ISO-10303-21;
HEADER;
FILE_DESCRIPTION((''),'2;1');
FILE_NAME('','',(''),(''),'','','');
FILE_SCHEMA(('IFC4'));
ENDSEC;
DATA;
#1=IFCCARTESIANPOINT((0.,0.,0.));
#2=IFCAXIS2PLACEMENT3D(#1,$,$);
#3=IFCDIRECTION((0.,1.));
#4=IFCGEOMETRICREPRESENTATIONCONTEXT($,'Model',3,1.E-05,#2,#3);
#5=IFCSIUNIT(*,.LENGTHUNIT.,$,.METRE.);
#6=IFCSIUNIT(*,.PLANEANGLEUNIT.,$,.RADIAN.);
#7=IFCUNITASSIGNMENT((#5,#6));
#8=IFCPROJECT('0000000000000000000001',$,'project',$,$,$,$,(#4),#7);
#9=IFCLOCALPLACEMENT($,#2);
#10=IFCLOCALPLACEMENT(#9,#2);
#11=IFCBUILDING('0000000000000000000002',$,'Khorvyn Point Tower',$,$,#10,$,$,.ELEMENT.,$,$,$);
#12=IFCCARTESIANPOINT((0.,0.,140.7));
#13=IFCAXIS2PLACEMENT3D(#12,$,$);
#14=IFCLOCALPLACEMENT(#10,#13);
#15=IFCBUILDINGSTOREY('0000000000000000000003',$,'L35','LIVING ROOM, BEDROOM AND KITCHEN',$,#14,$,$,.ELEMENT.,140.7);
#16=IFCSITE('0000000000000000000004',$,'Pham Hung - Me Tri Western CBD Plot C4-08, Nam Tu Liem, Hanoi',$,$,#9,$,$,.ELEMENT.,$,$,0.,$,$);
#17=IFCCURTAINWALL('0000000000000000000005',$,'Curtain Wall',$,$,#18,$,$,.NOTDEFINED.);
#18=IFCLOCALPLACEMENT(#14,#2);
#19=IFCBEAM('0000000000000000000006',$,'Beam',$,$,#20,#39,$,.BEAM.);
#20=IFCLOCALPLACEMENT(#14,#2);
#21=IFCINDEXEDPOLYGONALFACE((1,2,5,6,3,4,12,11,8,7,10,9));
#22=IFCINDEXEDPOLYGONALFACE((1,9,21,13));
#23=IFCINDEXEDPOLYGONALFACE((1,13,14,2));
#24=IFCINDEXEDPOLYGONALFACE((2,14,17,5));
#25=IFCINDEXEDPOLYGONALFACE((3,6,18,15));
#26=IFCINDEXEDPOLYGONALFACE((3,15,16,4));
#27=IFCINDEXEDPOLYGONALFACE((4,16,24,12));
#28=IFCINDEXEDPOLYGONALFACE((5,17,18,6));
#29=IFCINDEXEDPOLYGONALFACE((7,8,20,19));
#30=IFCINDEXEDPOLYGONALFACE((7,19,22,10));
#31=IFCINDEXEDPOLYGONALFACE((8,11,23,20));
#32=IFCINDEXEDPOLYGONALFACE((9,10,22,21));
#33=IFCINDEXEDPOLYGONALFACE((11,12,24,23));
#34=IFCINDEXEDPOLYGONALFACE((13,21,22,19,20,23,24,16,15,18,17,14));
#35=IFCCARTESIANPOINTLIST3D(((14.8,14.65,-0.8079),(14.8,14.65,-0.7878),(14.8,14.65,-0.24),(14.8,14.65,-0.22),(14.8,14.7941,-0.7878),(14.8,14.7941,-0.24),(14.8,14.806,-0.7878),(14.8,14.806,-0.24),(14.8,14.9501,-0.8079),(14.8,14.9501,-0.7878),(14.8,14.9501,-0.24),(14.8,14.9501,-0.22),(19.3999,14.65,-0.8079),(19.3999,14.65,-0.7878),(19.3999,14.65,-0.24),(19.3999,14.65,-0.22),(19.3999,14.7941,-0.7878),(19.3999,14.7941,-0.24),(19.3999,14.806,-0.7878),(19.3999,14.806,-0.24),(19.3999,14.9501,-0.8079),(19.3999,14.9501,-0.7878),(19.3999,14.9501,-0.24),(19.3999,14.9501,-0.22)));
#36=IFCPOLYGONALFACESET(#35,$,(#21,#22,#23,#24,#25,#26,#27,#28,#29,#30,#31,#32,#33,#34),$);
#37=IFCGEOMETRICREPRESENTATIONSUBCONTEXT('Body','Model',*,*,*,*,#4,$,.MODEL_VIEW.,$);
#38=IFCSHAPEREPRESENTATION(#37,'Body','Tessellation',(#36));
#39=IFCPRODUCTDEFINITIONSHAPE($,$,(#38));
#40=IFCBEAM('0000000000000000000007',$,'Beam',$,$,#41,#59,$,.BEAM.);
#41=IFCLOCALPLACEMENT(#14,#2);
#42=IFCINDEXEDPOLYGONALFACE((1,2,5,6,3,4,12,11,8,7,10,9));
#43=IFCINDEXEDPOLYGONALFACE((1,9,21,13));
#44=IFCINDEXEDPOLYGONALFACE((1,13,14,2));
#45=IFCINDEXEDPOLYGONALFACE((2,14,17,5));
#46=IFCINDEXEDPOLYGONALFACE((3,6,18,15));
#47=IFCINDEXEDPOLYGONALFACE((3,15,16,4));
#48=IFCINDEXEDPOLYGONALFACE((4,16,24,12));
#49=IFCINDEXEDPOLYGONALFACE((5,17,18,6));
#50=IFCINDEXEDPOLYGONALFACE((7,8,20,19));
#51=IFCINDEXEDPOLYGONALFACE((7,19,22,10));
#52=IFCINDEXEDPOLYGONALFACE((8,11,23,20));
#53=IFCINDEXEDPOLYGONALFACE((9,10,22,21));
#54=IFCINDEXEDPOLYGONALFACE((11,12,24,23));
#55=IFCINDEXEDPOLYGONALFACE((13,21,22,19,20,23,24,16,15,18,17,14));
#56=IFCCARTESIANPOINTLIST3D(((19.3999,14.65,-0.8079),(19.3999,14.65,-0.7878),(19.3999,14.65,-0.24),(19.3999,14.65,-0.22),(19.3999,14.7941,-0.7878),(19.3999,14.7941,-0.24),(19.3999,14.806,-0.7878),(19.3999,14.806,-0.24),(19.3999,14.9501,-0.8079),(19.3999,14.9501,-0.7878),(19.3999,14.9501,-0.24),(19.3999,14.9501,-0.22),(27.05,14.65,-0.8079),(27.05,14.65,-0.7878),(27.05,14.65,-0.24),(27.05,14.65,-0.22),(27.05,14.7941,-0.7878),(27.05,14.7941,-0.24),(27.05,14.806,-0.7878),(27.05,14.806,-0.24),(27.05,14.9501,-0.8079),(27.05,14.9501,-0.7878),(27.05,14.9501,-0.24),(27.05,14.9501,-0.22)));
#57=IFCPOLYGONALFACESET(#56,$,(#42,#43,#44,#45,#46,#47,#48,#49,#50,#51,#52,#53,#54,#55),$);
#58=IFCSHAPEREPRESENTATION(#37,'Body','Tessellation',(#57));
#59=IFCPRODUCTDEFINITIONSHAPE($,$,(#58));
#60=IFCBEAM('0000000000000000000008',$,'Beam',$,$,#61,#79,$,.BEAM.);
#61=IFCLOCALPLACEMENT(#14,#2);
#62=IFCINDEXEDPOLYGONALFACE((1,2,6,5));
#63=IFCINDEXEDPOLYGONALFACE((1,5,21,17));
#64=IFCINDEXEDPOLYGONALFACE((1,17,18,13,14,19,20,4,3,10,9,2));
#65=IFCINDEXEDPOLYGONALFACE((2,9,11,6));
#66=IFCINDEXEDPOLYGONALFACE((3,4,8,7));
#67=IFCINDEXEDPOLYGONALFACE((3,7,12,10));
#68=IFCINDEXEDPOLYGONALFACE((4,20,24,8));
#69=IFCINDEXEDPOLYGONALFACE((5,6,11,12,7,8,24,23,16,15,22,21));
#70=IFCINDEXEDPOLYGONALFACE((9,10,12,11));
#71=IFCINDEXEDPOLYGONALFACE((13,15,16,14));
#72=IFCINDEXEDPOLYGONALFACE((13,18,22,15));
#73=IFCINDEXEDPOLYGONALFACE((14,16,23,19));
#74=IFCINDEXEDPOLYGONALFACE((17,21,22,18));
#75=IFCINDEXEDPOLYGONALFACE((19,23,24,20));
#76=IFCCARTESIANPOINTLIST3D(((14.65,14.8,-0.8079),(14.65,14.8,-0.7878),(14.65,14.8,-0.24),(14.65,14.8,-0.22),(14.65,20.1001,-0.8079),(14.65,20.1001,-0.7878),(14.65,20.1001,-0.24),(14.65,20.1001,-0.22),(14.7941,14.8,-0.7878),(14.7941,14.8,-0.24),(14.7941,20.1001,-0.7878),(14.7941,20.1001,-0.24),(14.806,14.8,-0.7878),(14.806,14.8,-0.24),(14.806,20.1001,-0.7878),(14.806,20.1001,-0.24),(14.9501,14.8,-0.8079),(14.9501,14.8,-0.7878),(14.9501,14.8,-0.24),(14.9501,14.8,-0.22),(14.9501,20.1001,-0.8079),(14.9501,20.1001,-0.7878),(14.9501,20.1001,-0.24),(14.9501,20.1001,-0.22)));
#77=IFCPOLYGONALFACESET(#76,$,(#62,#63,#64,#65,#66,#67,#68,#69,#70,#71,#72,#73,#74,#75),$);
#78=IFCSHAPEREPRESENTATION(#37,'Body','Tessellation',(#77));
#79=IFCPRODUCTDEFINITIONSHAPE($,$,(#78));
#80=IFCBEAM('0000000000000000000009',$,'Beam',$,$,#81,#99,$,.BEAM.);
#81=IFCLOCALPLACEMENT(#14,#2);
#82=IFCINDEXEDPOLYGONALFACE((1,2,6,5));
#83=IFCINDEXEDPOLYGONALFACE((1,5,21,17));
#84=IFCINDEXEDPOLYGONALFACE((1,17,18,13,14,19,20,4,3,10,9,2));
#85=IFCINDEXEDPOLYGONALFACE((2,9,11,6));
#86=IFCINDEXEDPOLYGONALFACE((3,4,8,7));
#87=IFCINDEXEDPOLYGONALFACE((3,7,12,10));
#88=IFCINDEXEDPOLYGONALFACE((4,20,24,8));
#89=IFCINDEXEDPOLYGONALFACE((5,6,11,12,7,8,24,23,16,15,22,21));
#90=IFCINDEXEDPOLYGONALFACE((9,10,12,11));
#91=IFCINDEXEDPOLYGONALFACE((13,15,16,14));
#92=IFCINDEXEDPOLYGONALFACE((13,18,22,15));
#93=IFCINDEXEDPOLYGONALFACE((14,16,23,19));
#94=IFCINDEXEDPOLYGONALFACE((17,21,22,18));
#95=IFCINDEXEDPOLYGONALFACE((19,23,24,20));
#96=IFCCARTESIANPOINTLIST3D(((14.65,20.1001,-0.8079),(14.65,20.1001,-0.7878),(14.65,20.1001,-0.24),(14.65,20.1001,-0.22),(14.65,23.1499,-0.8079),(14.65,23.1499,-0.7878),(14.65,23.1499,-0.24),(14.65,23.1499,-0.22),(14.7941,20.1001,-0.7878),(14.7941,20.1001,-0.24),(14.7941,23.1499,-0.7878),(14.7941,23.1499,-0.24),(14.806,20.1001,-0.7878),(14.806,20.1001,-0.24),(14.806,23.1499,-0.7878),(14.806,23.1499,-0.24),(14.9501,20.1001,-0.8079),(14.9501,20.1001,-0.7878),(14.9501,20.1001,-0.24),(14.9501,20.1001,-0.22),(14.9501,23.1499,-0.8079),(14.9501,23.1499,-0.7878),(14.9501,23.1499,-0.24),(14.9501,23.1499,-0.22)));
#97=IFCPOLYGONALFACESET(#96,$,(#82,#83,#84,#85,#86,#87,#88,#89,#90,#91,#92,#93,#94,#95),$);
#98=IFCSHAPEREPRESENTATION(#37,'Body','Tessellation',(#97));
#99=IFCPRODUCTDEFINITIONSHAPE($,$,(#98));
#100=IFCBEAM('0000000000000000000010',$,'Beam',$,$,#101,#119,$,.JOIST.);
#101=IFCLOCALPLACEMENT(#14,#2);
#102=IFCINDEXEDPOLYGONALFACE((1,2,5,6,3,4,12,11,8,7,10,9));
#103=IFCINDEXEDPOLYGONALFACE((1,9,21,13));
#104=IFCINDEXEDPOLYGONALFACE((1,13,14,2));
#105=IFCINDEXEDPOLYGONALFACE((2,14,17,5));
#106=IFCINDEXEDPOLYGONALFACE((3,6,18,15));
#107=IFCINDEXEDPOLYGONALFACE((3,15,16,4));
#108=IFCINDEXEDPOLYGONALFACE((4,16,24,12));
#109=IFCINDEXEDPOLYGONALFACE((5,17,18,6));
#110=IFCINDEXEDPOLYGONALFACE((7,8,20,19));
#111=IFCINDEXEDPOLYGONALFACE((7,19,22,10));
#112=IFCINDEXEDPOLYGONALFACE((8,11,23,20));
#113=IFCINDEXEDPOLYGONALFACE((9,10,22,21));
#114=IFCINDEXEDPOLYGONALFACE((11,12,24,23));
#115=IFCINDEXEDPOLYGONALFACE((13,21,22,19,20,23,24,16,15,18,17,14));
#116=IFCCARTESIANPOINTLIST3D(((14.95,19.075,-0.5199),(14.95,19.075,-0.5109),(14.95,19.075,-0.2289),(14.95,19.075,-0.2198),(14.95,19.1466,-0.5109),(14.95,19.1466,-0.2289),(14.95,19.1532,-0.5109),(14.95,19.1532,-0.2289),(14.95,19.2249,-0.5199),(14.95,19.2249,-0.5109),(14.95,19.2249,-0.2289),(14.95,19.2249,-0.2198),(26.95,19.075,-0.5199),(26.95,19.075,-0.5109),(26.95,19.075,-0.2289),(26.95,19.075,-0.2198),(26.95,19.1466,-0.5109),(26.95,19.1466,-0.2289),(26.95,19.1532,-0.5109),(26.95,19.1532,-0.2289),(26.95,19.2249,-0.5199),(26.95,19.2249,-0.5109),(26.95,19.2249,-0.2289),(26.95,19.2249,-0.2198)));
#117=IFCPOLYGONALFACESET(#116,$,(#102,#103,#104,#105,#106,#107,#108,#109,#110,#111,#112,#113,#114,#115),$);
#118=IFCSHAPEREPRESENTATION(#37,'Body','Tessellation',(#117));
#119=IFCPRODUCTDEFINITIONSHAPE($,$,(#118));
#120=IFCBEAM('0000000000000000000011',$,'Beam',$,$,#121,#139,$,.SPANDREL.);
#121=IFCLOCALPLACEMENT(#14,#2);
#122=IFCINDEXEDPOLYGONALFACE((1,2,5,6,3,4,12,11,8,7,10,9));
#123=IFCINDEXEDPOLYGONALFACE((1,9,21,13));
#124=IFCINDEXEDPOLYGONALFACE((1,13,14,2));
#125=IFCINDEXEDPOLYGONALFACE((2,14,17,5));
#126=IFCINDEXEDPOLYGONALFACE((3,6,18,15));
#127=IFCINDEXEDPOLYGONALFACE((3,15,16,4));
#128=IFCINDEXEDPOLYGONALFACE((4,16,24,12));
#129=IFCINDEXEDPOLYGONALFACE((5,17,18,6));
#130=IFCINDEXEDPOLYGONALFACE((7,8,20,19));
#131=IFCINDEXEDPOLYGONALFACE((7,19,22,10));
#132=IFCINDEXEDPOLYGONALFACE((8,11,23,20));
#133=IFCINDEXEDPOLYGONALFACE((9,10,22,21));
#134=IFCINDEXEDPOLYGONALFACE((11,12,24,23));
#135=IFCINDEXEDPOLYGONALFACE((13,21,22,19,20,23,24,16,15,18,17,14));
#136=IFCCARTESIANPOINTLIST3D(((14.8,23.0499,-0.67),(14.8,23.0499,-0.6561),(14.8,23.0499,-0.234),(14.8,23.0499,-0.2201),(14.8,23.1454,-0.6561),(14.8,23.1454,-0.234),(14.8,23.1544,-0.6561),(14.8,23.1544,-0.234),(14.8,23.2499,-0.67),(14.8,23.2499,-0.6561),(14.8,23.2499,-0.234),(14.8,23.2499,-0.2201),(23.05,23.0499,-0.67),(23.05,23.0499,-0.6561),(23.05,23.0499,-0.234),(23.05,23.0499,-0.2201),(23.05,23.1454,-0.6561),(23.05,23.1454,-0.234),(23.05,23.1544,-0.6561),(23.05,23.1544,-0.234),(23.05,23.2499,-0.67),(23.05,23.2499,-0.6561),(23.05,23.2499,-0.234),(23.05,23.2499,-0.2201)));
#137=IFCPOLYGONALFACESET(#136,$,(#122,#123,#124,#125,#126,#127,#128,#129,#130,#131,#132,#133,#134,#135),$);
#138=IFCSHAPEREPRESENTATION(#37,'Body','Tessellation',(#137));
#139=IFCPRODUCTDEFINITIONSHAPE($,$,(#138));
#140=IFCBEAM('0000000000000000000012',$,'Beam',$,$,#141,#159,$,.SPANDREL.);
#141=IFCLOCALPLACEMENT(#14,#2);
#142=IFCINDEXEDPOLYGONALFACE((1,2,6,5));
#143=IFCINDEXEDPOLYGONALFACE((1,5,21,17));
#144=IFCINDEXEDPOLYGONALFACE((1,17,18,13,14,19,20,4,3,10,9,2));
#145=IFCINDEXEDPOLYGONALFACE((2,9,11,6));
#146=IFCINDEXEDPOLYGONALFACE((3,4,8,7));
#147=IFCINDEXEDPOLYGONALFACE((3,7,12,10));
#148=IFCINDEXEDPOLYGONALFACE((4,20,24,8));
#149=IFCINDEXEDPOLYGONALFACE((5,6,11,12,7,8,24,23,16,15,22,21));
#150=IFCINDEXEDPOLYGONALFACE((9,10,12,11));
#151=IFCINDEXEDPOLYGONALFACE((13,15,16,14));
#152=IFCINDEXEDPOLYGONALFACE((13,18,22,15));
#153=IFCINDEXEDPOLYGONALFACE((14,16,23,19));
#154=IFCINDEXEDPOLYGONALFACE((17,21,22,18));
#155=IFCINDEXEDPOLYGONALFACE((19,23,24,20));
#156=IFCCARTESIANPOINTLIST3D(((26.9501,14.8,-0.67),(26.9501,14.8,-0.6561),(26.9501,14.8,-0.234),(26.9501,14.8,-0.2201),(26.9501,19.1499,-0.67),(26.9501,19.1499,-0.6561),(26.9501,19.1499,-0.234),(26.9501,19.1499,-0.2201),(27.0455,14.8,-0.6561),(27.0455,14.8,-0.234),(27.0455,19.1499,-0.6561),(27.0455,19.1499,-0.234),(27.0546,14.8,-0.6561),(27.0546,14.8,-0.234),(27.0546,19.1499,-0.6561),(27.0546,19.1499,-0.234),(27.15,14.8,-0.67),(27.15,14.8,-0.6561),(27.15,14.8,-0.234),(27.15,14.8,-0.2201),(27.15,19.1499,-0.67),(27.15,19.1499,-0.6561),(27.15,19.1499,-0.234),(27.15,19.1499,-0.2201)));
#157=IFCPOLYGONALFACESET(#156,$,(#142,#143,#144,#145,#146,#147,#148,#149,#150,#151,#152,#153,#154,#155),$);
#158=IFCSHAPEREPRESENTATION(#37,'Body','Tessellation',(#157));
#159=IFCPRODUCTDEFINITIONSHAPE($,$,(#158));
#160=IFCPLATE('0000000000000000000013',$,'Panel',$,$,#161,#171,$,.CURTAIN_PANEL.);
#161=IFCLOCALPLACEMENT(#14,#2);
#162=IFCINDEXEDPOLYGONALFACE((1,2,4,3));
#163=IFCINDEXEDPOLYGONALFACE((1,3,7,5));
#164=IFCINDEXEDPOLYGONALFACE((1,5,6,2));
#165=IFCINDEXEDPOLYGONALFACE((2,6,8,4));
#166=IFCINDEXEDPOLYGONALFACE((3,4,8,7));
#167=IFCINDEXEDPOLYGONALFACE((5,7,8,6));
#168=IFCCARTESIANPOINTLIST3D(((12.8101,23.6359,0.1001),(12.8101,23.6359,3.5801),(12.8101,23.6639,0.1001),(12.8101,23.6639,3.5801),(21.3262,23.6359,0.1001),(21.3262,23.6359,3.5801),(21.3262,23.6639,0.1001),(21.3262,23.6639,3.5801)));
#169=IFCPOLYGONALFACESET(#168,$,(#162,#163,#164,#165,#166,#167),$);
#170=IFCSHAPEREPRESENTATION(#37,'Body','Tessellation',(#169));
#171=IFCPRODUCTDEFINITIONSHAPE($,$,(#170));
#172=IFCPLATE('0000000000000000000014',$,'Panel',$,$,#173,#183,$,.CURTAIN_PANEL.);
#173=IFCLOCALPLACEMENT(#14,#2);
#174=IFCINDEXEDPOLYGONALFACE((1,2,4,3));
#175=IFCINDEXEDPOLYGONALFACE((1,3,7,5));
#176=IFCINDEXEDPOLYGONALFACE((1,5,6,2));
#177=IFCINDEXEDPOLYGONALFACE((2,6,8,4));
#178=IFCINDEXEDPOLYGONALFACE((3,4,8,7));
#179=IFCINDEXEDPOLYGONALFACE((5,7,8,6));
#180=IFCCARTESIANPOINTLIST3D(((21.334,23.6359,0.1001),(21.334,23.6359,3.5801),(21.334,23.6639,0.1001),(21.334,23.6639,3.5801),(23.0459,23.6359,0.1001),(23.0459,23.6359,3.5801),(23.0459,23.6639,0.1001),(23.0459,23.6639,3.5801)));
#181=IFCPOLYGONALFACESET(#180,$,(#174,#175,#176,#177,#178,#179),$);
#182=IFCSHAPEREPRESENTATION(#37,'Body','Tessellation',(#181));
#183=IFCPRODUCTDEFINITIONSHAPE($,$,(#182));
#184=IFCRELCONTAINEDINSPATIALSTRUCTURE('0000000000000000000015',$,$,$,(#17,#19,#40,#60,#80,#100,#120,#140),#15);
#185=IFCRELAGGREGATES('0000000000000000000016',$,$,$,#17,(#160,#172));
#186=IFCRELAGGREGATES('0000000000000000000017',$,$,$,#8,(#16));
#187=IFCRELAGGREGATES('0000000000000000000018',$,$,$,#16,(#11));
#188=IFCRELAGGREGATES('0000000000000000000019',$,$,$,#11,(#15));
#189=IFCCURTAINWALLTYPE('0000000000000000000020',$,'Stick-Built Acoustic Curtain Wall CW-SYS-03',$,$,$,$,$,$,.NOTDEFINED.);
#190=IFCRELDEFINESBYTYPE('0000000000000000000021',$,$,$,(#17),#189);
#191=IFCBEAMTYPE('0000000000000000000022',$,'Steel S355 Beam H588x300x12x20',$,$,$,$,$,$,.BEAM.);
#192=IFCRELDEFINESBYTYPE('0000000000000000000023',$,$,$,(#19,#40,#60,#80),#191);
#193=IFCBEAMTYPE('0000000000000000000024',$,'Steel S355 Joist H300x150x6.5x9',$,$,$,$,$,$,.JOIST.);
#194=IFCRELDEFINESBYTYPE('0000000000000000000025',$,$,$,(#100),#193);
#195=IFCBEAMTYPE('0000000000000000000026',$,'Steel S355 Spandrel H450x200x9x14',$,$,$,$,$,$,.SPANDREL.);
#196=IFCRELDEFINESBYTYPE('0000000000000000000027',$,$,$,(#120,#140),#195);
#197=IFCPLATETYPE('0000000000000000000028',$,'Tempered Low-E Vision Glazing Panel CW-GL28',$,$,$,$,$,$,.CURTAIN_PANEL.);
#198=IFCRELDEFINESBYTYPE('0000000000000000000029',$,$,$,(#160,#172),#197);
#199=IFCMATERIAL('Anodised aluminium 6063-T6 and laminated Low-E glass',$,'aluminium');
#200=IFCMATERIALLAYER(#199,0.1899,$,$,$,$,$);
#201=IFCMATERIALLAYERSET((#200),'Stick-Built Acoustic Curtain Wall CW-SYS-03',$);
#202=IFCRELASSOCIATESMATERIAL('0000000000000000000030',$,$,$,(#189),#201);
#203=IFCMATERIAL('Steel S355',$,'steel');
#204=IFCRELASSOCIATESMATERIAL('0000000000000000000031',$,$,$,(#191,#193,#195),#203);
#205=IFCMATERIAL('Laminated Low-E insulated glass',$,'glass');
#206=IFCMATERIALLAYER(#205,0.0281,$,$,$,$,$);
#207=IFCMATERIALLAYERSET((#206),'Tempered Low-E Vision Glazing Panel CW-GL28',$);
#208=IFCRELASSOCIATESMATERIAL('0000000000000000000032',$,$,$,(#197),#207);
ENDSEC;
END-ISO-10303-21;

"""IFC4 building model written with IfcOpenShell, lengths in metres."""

from ifc_helpers import new_model, si_unit, direction, frame, origin, origin_2d, place, context, subcontext, project, spatial, rectangle, i_section, extrude, material, layer, layer_set, material_profile, profile_set, type_object, element, aggregate, save


model = new_model("IFC4")

# Units and contexts
model_context = context("Model", 3, precision=1e-05, world=origin(), true_north=direction((0.0, 1.0)))
body_context = subcontext(model_context, "Body", "Model", "MODEL_VIEW")
ifc_project = project(units=[si_unit("LENGTHUNIT", "METRE"), si_unit("PLANEANGLEUNIT", "RADIAN")], contexts=[model_context])

# Site, building, storey
site_placement = place(None, origin())
site = spatial("IfcSite", under=ifc_project, at=site_placement, Name="Pham Hung - Me Tri Western CBD Plot C4-08, Nam Tu Liem, Hanoi", CompositionType="ELEMENT", RefElevation=0.0)
building_placement = place(site_placement, origin())
building = spatial("IfcBuilding", under=site, at=building_placement, Name="Khorvyn Point Tower", CompositionType="ELEMENT")
storey_placement = place(building_placement, frame((0.0, 0.0, 140.7)))
storey = spatial("IfcBuildingStorey", under=building, at=storey_placement, Name="L35", Description="LIVING ROOM, BEDROOM AND KITCHEN", CompositionType="ELEMENT", Elevation=140.7)

# Curtain wall
ifc_material_1 = material(Name="Anodised aluminium 6063-T6 and laminated Low-E glass", Category="aluminium")
ifc_layer_1 = layer(ifc_material_1, 0.1899)
ifc_layer_set_1 = layer_set([ifc_layer_1], Name="Stick-Built Acoustic Curtain Wall CW-SYS-03")
curtain_wall_type = type_object("IfcCurtainWallType", Name="Stick-Built Acoustic Curtain Wall CW-SYS-03", PredefinedType="NOTDEFINED", material=ifc_layer_set_1)
curtain_wall_1_placement = place(storey_placement, origin())
curtain_wall_1 = element("IfcCurtainWall", 1, at=curtain_wall_1_placement, inside=storey, type_object=curtain_wall_type, Name="Curtain Wall", PredefinedType="NOTDEFINED")

# Beams
ifc_material_2 = material(Name="Steel S355", Category="steel")
ifc_material_profile_1 = material_profile(ifc_material_2, i_section(OverallWidth=0.3, OverallDepth=0.5879, WebThickness=0.012, FlangeThickness=0.02, at=origin_2d()))
ifc_profile_set_1 = profile_set([ifc_material_profile_1], Name="Steel S355 H588x300x12x20")
beam_type_1 = type_object("IfcBeamType", Name="Steel S355 Beam H588x300x12x20", PredefinedType="BEAM", material=ifc_profile_set_1)
beam_1_placement = place(storey_placement, frame((14.8, 14.8, -0.5139), z_axis=(1.0, 0.0, 0.0), x_axis=(0.0, 1.0, 0.0)))
element("IfcBeam", 2, at=beam_1_placement, inside=storey, type_object=beam_type_1, Name="Beam", PredefinedType="BEAM", context=body_context, shape_type="SweptSolid", body=[
    extrude(i_section(OverallWidth=0.3, OverallDepth=0.5879, WebThickness=0.012, FlangeThickness=0.02, at=origin_2d()), origin(), (0.0, 0.0, 1.0), 4.5999),
])
beam_2_placement = place(storey_placement, frame((19.3999, 14.8, -0.5139), z_axis=(1.0, 0.0, 0.0), x_axis=(0.0, 1.0, 0.0)))
element("IfcBeam", 3, at=beam_2_placement, inside=storey, type_object=beam_type_1, Name="Beam", PredefinedType="BEAM", context=body_context, shape_type="SweptSolid", body=[
    extrude(i_section(OverallWidth=0.3, OverallDepth=0.5879, WebThickness=0.012, FlangeThickness=0.02, at=origin_2d()), origin(), (0.0, 0.0, 1.0), 7.6501),
])
beam_3_placement = place(storey_placement, frame((14.8, 14.8, -0.5139), z_axis=(0.0, 1.0, 0.0), x_axis=(-1.0, 0.0, 0.0)))
element("IfcBeam", 4, at=beam_3_placement, inside=storey, type_object=beam_type_1, Name="Beam", PredefinedType="BEAM", context=body_context, shape_type="SweptSolid", body=[
    extrude(i_section(OverallWidth=0.3, OverallDepth=0.5879, WebThickness=0.012, FlangeThickness=0.02, at=origin_2d()), origin(), (0.0, 0.0, 1.0), 5.3),
])
beam_4_placement = place(storey_placement, frame((14.8, 20.1001, -0.5139), z_axis=(0.0, 1.0, 0.0), x_axis=(-1.0, 0.0, 0.0)))
element("IfcBeam", 5, at=beam_4_placement, inside=storey, type_object=beam_type_1, Name="Beam", PredefinedType="BEAM", context=body_context, shape_type="SweptSolid", body=[
    extrude(i_section(OverallWidth=0.3, OverallDepth=0.5879, WebThickness=0.012, FlangeThickness=0.02, at=origin_2d()), origin(), (0.0, 0.0, 1.0), 3.0498),
])
ifc_material_profile_2 = material_profile(ifc_material_2, i_section(OverallWidth=0.1499, OverallDepth=0.3, WebThickness=0.0066, FlangeThickness=0.009, at=origin_2d()))
ifc_profile_set_2 = profile_set([ifc_material_profile_2], Name="Steel S355 H300x150x6.5x9")
beam_type_2 = type_object("IfcBeamType", Name="Steel S355 Joist H300x150x6.5x9", PredefinedType="JOIST", material=ifc_profile_set_2)
beam_5_placement = place(storey_placement, frame((14.95, 19.1499, -0.3699), z_axis=(1.0, 0.0, 0.0), x_axis=(0.0, 1.0, 0.0)))
element("IfcBeam", 6, at=beam_5_placement, inside=storey, type_object=beam_type_2, Name="Beam", PredefinedType="JOIST", context=body_context, shape_type="SweptSolid", body=[
    extrude(i_section(OverallWidth=0.1499, OverallDepth=0.3, WebThickness=0.0066, FlangeThickness=0.009, at=origin_2d()), origin(), (0.0, 0.0, 1.0), 12.0),
])
ifc_material_profile_3 = material_profile(ifc_material_2, i_section(OverallWidth=0.2, OverallDepth=0.45, WebThickness=0.009, FlangeThickness=0.0139, at=origin_2d()))
ifc_profile_set_3 = profile_set([ifc_material_profile_3], Name="Steel S355 H450x200x9x14")
beam_type_3 = type_object("IfcBeamType", Name="Steel S355 Spandrel H450x200x9x14", PredefinedType="SPANDREL", material=ifc_profile_set_3)
beam_6_placement = place(storey_placement, frame((14.8, 23.1499, -0.4451), z_axis=(1.0, 0.0, 0.0), x_axis=(0.0, 1.0, 0.0)))
element("IfcBeam", 7, at=beam_6_placement, inside=storey, type_object=beam_type_3, Name="Beam", PredefinedType="SPANDREL", context=body_context, shape_type="SweptSolid", body=[
    extrude(i_section(OverallWidth=0.2, OverallDepth=0.45, WebThickness=0.009, FlangeThickness=0.0139, at=origin_2d()), origin(), (0.0, 0.0, 1.0), 8.25),
])
beam_7_placement = place(storey_placement, frame((27.05, 14.8, -0.4451), z_axis=(0.0, 1.0, 0.0), x_axis=(-1.0, 0.0, 0.0)))
element("IfcBeam", 8, at=beam_7_placement, inside=storey, type_object=beam_type_3, Name="Beam", PredefinedType="SPANDREL", context=body_context, shape_type="SweptSolid", body=[
    extrude(i_section(OverallWidth=0.2, OverallDepth=0.45, WebThickness=0.009, FlangeThickness=0.0139, at=origin_2d()), origin(), (0.0, 0.0, 1.0), 4.3499),
])

# Plates
ifc_material_3 = material(Name="Laminated Low-E insulated glass", Category="glass")
ifc_layer_2 = layer(ifc_material_3, 0.0281)
ifc_layer_set_2 = layer_set([ifc_layer_2], Name="Tempered Low-E Vision Glazing Panel CW-GL28")
plate_type = type_object("IfcPlateType", Name="Tempered Low-E Vision Glazing Panel CW-GL28", PredefinedType="CURTAIN_PANEL", material=ifc_layer_set_2)
plate_1_placement = place(storey_placement, frame((17.0681, 23.6499, 0.1001), z_axis=(0.0, 0.0, 1.0), x_axis=(1.0, 0.0, 0.0)))
plate_1 = element("IfcPlate", 9, at=plate_1_placement, type_object=plate_type, Name="Panel", PredefinedType="CURTAIN_PANEL", context=body_context, shape_type="SweptSolid", body=[
    extrude(rectangle(XDim=8.5161, YDim=0.0281, at=origin_2d()), origin(), (0.0, 0.0, 1.0), 3.48),
])
plate_2_placement = place(storey_placement, frame((22.1899, 23.6499, 0.1001), z_axis=(0.0, 0.0, 1.0), x_axis=(1.0, 0.0, 0.0)))
plate_2 = element("IfcPlate", 10, at=plate_2_placement, type_object=plate_type, Name="Panel", PredefinedType="CURTAIN_PANEL", context=body_context, shape_type="SweptSolid", body=[
    extrude(rectangle(XDim=1.7119, YDim=0.0281, at=origin_2d()), origin(), (0.0, 0.0, 1.0), 3.48),
])
aggregate(curtain_wall_1, [plate_1, plate_2])

save(model, "model.ifc")
